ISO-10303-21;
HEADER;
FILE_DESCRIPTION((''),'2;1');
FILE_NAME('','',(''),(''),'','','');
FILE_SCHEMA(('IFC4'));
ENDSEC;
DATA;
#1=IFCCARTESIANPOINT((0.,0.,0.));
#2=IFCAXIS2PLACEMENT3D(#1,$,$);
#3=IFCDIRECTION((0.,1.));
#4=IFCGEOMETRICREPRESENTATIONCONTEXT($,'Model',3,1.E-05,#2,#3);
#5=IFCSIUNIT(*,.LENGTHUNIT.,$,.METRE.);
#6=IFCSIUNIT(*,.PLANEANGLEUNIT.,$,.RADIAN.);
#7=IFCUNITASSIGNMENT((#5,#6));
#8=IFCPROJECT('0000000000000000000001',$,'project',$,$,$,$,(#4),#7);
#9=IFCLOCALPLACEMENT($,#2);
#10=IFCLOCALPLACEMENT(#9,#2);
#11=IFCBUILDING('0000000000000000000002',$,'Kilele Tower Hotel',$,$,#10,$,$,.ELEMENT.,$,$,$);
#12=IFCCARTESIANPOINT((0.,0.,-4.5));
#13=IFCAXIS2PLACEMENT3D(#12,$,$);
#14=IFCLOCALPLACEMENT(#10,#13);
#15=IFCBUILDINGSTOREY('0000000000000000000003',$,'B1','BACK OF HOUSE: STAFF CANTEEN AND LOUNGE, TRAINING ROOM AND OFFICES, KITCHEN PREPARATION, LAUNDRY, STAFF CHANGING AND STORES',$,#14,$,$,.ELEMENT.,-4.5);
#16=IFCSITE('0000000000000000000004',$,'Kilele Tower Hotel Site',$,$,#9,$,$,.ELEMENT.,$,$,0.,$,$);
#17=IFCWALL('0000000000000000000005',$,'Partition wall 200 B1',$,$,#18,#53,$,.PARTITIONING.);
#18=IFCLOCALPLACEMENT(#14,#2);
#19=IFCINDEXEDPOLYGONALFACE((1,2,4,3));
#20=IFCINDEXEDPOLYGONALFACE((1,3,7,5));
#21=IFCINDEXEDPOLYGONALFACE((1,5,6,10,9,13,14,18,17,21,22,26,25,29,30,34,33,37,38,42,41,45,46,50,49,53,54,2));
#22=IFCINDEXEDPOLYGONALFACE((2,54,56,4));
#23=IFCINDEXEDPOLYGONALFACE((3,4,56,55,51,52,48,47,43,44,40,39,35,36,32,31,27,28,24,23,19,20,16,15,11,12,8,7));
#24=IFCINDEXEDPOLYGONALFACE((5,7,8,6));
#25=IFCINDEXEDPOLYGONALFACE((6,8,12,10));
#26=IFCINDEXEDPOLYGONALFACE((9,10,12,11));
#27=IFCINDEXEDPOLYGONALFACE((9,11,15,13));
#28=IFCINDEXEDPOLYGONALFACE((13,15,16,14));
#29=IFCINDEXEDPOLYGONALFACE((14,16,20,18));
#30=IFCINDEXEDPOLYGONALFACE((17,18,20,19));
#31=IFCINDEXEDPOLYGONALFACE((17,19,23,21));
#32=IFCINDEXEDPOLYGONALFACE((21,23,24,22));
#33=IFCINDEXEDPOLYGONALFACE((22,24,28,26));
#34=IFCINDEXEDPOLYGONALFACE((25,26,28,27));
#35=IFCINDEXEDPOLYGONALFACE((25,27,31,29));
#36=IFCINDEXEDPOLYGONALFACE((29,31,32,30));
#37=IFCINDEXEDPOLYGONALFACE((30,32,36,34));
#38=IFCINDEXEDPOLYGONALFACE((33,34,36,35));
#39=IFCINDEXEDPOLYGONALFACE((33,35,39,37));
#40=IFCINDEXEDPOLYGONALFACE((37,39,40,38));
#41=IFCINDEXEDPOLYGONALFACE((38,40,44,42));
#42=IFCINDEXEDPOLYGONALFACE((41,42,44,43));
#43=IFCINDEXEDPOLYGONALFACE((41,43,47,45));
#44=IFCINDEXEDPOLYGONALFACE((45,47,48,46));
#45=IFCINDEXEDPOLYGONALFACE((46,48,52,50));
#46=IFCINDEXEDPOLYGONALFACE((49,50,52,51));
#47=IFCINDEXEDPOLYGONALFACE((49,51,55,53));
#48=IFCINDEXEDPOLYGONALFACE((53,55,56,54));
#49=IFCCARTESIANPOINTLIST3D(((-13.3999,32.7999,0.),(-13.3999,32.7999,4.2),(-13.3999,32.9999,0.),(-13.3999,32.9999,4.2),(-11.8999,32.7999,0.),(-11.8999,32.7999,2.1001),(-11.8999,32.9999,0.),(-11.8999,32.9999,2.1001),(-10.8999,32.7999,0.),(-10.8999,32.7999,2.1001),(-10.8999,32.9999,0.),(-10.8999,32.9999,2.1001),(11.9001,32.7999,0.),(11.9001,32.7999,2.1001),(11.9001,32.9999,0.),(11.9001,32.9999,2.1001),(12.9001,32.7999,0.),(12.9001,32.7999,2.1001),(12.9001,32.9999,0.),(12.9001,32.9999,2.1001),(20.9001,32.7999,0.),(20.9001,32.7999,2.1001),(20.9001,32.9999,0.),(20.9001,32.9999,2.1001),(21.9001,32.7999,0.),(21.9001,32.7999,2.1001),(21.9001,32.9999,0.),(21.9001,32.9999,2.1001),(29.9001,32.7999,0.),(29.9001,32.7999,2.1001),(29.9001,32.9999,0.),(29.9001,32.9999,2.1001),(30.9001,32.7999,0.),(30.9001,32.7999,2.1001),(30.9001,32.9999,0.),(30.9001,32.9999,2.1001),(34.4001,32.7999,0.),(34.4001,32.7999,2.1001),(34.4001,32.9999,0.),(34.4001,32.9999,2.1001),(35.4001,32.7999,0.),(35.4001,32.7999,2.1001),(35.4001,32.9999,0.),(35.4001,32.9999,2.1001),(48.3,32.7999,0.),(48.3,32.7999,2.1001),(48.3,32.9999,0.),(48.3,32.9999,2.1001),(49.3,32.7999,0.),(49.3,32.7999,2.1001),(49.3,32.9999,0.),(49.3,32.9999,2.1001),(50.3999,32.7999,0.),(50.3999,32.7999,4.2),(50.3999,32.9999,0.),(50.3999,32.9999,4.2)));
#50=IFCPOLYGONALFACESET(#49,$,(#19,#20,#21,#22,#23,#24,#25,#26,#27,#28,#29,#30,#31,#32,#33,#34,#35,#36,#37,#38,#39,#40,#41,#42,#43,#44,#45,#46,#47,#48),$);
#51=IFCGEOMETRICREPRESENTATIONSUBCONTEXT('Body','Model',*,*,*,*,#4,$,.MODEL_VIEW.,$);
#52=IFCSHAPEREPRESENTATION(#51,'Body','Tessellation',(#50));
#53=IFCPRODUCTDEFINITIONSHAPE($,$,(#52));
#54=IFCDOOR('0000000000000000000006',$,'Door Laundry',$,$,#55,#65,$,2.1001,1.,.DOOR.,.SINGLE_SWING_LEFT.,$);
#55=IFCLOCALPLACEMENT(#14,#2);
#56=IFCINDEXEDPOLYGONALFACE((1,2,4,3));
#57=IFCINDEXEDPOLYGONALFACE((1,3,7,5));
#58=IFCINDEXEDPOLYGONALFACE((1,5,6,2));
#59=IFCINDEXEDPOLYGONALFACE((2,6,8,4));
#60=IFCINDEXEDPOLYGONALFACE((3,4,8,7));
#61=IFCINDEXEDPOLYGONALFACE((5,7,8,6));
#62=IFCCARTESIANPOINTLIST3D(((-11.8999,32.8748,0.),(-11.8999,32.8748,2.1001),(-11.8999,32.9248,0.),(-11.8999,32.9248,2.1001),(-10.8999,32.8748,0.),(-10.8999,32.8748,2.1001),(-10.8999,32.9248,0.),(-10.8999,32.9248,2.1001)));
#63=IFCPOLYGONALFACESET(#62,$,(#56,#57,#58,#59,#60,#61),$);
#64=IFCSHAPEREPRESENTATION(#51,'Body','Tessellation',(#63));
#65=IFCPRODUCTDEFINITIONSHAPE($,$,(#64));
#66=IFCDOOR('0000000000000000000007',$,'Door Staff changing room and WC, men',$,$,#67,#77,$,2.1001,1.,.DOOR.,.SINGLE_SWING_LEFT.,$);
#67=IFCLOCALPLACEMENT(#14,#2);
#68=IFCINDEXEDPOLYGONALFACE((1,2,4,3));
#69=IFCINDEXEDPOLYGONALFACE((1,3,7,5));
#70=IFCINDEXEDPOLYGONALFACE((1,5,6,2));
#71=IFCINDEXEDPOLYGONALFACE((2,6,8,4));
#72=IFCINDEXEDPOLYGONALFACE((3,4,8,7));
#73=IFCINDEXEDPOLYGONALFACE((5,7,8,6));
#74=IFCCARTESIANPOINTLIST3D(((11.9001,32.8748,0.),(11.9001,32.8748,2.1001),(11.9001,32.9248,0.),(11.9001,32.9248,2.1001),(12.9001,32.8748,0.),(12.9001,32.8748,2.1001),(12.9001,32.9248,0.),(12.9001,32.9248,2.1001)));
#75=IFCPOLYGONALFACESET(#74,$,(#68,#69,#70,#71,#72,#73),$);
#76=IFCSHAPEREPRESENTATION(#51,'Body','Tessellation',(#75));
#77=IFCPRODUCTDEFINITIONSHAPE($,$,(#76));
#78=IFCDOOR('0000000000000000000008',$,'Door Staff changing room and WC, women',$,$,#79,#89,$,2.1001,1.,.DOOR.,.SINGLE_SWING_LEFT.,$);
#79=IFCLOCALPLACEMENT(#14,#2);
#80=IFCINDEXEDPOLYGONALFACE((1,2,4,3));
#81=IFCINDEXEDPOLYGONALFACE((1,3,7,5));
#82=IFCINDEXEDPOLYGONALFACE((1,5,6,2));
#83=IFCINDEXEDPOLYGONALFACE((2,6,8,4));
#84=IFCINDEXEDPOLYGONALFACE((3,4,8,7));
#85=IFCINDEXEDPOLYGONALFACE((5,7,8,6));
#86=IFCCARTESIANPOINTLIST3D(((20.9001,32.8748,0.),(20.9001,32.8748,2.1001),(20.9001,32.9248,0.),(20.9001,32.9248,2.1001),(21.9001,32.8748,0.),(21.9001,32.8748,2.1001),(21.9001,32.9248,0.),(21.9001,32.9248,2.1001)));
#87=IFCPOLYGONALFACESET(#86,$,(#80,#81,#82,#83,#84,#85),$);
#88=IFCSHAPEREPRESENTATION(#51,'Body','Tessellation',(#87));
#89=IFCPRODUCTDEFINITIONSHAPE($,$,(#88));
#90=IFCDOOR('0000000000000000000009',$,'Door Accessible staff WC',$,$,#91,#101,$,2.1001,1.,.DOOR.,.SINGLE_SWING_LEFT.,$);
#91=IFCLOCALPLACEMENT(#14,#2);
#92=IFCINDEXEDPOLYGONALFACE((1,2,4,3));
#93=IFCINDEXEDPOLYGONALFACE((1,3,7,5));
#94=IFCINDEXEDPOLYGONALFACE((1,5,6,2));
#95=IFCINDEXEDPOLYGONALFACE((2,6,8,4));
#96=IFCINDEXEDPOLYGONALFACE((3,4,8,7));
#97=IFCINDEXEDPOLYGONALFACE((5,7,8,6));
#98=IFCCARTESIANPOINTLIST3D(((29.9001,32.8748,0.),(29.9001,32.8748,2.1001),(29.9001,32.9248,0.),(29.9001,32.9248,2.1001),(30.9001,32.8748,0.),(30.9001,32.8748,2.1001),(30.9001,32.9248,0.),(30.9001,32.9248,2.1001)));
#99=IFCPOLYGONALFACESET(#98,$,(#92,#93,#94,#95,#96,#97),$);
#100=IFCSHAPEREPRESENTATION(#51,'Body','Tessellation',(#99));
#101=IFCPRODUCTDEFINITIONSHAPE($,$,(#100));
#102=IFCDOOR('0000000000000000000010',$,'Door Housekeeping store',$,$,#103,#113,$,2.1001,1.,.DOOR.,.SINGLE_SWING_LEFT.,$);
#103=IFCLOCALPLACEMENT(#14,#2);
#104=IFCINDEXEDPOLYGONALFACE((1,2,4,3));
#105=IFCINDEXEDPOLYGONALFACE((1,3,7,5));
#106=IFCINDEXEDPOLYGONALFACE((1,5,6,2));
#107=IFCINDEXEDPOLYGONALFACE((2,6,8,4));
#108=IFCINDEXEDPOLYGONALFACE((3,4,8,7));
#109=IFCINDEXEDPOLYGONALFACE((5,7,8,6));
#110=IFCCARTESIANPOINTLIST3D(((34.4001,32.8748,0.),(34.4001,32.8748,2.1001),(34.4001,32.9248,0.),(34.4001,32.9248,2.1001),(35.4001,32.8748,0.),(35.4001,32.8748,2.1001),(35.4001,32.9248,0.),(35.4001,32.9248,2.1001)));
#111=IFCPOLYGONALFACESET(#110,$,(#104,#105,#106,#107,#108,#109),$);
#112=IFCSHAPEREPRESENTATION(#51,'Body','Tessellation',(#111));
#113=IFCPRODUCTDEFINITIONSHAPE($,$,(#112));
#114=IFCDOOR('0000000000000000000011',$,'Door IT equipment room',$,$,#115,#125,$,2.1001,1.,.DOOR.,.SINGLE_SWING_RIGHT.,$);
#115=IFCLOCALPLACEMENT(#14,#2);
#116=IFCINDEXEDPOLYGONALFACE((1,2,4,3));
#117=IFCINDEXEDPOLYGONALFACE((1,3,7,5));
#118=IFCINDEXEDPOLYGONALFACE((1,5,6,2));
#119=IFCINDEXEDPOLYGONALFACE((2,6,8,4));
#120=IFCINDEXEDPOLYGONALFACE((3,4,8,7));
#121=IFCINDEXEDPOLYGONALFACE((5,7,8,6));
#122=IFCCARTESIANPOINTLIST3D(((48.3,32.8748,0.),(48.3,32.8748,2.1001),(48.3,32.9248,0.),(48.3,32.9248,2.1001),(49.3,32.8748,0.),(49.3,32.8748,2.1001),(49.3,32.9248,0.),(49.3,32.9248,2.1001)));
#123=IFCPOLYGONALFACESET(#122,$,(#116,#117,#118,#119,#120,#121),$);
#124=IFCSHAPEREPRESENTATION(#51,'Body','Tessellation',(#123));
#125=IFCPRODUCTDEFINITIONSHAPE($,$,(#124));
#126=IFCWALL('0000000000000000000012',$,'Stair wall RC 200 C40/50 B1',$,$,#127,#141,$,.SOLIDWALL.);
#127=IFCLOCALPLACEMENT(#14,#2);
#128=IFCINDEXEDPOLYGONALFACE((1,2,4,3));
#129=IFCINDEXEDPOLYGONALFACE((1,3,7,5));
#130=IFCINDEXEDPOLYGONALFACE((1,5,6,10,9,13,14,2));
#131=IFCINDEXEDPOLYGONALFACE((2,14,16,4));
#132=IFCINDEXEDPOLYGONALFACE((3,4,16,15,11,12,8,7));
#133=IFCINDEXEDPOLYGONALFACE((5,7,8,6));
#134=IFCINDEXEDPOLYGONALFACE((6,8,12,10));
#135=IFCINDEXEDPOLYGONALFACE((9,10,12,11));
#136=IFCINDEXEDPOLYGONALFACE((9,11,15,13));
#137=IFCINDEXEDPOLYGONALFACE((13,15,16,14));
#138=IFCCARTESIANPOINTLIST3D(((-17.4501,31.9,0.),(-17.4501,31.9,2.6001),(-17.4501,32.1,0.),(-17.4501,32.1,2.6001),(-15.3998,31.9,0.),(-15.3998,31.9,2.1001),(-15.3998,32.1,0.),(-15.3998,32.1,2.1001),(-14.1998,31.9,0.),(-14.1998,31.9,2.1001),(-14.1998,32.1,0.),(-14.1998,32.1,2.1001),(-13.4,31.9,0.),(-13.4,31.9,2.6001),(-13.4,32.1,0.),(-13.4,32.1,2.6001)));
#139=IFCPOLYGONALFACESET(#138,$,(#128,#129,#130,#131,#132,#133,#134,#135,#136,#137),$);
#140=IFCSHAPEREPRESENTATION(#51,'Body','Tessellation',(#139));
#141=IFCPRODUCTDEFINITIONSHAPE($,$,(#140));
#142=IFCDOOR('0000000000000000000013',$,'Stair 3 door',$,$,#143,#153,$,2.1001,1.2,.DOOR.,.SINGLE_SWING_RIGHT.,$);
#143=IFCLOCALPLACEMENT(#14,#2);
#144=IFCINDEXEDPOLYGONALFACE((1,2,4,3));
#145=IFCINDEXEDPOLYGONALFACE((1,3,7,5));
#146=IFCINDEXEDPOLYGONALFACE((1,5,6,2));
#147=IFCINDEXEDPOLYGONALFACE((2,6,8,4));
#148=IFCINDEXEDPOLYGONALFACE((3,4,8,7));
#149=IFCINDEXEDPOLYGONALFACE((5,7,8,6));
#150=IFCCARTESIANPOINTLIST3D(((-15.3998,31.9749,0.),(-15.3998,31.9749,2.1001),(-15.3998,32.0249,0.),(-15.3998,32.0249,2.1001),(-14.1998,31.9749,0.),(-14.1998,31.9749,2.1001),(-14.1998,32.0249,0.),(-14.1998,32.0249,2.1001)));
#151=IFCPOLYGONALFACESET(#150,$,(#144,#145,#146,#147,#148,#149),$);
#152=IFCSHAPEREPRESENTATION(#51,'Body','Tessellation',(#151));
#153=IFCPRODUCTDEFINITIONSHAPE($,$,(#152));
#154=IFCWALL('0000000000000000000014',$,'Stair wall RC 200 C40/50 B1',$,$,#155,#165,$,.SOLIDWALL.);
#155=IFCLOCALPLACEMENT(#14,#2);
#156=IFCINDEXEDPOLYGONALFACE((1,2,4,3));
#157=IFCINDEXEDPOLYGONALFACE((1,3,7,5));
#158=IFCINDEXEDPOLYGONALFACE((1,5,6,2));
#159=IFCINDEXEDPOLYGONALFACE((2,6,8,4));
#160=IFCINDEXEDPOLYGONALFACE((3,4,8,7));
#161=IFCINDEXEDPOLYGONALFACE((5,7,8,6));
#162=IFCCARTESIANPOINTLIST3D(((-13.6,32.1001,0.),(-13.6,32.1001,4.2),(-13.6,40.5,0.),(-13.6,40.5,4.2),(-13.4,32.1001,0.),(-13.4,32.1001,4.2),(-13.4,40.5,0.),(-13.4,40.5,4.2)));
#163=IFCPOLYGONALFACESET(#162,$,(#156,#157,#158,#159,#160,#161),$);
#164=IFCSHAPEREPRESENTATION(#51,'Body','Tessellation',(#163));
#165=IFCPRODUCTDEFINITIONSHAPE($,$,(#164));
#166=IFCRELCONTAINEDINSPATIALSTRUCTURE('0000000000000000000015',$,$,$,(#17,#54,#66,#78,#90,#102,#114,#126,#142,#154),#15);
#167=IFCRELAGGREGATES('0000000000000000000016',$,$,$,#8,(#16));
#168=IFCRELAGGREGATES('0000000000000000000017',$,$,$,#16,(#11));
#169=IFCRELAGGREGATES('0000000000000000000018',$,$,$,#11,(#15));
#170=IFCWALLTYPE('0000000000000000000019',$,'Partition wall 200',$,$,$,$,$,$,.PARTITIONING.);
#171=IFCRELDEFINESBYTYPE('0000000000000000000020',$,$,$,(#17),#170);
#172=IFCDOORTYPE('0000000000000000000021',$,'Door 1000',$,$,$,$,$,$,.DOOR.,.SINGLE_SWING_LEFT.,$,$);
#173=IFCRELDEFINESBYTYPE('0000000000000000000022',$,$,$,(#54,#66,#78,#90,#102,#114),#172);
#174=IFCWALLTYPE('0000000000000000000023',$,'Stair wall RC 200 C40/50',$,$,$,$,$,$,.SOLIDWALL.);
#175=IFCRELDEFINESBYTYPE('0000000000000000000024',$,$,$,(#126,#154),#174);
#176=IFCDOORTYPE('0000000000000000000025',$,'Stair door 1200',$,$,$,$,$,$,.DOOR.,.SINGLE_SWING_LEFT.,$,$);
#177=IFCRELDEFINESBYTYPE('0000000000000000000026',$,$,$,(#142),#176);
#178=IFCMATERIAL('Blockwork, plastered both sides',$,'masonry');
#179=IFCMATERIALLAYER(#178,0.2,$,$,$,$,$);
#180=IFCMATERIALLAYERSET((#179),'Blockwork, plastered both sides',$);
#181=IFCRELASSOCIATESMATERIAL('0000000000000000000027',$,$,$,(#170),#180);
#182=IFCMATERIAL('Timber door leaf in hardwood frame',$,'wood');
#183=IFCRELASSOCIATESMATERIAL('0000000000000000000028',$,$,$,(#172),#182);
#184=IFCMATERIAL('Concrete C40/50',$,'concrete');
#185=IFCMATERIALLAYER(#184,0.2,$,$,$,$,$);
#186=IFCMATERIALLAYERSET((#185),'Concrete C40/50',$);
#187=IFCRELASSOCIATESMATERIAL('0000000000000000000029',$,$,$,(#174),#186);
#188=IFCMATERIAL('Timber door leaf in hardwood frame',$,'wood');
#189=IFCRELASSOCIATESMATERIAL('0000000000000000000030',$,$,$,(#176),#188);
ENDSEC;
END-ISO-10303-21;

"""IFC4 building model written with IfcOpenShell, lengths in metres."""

from ifc_helpers import new_model, si_unit, direction, frame, frame_2d, origin, place, context, subcontext, project, spatial, rectangle, extrude, material, layer, layer_set, type_object, element, fill, save


model = new_model("IFC4")

# Units and contexts
model_context = context("Model", 3, precision=1e-05, world=origin(), true_north=direction((0.0, 1.0)))
body_context = subcontext(model_context, "Body", "Model", "MODEL_VIEW")
ifc_project = project(units=[si_unit("LENGTHUNIT", "METRE"), si_unit("PLANEANGLEUNIT", "RADIAN")], contexts=[model_context])

# Site, building, storey
site_placement = place(None, origin())
site = spatial("IfcSite", under=ifc_project, at=site_placement, Name="Kilele Tower Hotel Site", CompositionType="ELEMENT", RefElevation=0.0)
building_placement = place(site_placement, origin())
building = spatial("IfcBuilding", under=site, at=building_placement, Name="Kilele Tower Hotel", CompositionType="ELEMENT")
storey_placement = place(building_placement, frame((0.0, 0.0, -4.5)))
storey = spatial("IfcBuildingStorey", under=building, at=storey_placement, Name="B1", Description="BACK OF HOUSE: STAFF CANTEEN AND LOUNGE, TRAINING ROOM AND OFFICES, KITCHEN PREPARATION, LAUNDRY, STAFF CHANGING AND STORES", CompositionType="ELEMENT", Elevation=-4.5)

# Wall, openings, doors
ifc_material_1 = material(Name="Blockwork, plastered both sides", Category="masonry")
ifc_layer_1 = layer(ifc_material_1, 0.2)
ifc_layer_set_1 = layer_set([ifc_layer_1], Name="Blockwork, plastered both sides")
wall_type_1 = type_object("IfcWallType", Name="Partition wall 200", PredefinedType="PARTITIONING", material=ifc_layer_set_1)
wall_1_placement = place(storey_placement, frame((-13.3999, 32.8999, 0.0), z_axis=(0.0, 0.0, 1.0), x_axis=(1.0, 0.0, 0.0)))
wall_1 = element("IfcWall", 1, at=wall_1_placement, inside=storey, type_object=wall_type_1, Name="Partition wall 200 B1", PredefinedType="PARTITIONING", context=body_context, shape_type="SweptSolid", body=[
    extrude(rectangle(XDim=63.7998, YDim=0.2, at=frame_2d((31.8999, 0.0))), origin(), (0.0, 0.0, 1.0), 4.2),
])
opening_1_placement = place(wall_1_placement, frame((1.5, 0.0, 0.0)))
opening_1 = element("IfcOpeningElement", 2, at=opening_1_placement, cuts=wall_1, PredefinedType="OPENING", context=body_context, shape_type="SweptSolid", body=[
    extrude(rectangle(XDim=1.0, YDim=2.1001, at=frame_2d((0.5, 1.05))), frame((0.0, 0.1099, 0.0), z_axis=(0.0, -1.0, 0.0), x_axis=(1.0, 0.0, 0.0)), (0.0, 0.0, 1.0), 0.22),
])
opening_2_placement = place(wall_1_placement, frame((25.3, 0.0, 0.0)))
opening_2 = element("IfcOpeningElement", 3, at=opening_2_placement, cuts=wall_1, PredefinedType="OPENING", context=body_context, shape_type="SweptSolid", body=[
    extrude(rectangle(XDim=1.0, YDim=2.1001, at=frame_2d((0.5, 1.05))), frame((0.0, 0.1099, 0.0), z_axis=(0.0, -1.0, 0.0), x_axis=(1.0, 0.0, 0.0)), (0.0, 0.0, 1.0), 0.22),
])
opening_3_placement = place(wall_1_placement, frame((34.3, 0.0, 0.0)))
opening_3 = element("IfcOpeningElement", 4, at=opening_3_placement, cuts=wall_1, PredefinedType="OPENING", context=body_context, shape_type="SweptSolid", body=[
    extrude(rectangle(XDim=1.0, YDim=2.1001, at=frame_2d((0.5, 1.05))), frame((0.0, 0.1099, 0.0), z_axis=(0.0, -1.0, 0.0), x_axis=(1.0, 0.0, 0.0)), (0.0, 0.0, 1.0), 0.22),
])
opening_4_placement = place(wall_1_placement, frame((43.3, 0.0, 0.0)))
opening_4 = element("IfcOpeningElement", 5, at=opening_4_placement, cuts=wall_1, PredefinedType="OPENING", context=body_context, shape_type="SweptSolid", body=[
    extrude(rectangle(XDim=1.0, YDim=2.1001, at=frame_2d((0.5, 1.05))), frame((0.0, 0.1099, 0.0), z_axis=(0.0, -1.0, 0.0), x_axis=(1.0, 0.0, 0.0)), (0.0, 0.0, 1.0), 0.22),
])
opening_5_placement = place(wall_1_placement, frame((47.8, 0.0, 0.0)))
opening_5 = element("IfcOpeningElement", 6, at=opening_5_placement, cuts=wall_1, PredefinedType="OPENING", context=body_context, shape_type="SweptSolid", body=[
    extrude(rectangle(XDim=1.0, YDim=2.1001, at=frame_2d((0.5, 1.05))), frame((0.0, 0.1099, 0.0), z_axis=(0.0, -1.0, 0.0), x_axis=(1.0, 0.0, 0.0)), (0.0, 0.0, 1.0), 0.22),
])
opening_6_placement = place(wall_1_placement, frame((61.7, 0.0, 0.0)))
opening_6 = element("IfcOpeningElement", 7, at=opening_6_placement, cuts=wall_1, PredefinedType="OPENING", context=body_context, shape_type="SweptSolid", body=[
    extrude(rectangle(XDim=1.0, YDim=2.1001, at=frame_2d((0.5, 1.05))), frame((0.0, 0.1099, 0.0), z_axis=(0.0, -1.0, 0.0), x_axis=(1.0, 0.0, 0.0)), (0.0, 0.0, 1.0), 0.22),
])
ifc_material_2 = material(Name="Timber door leaf in hardwood frame", Category="wood")
door_type_1 = type_object("IfcDoorType", Name="Door 1000", OperationType="SINGLE_SWING_LEFT", PredefinedType="DOOR", material=ifc_material_2)
door_1_placement = place(opening_1_placement, origin())
door_1 = element("IfcDoor", 8, at=door_1_placement, inside=storey, type_object=door_type_1, Name="Door Laundry", OperationType="SINGLE_SWING_LEFT", OverallHeight=2.1001, OverallWidth=1.0, PredefinedType="DOOR", context=body_context, shape_type="SweptSolid", body=[
    extrude(rectangle(XDim=1.0, YDim=2.1001, at=frame_2d((0.5, 1.05))), frame((0.0, 0.0249, 0.0), z_axis=(0.0, -1.0, 0.0), x_axis=(1.0, 0.0, 0.0)), (0.0, 0.0, 1.0), 0.05),
])
fill(opening_1, door_1)
door_2_placement = place(opening_2_placement, origin())
door_2 = element("IfcDoor", 9, at=door_2_placement, inside=storey, type_object=door_type_1, Name="Door Staff changing room and WC, men", OperationType="SINGLE_SWING_LEFT", OverallHeight=2.1001, OverallWidth=1.0, PredefinedType="DOOR", context=body_context, shape_type="SweptSolid", body=[
    extrude(rectangle(XDim=1.0, YDim=2.1001, at=frame_2d((0.5, 1.05))), frame((0.0, 0.0249, 0.0), z_axis=(0.0, -1.0, 0.0), x_axis=(1.0, 0.0, 0.0)), (0.0, 0.0, 1.0), 0.05),
])
fill(opening_2, door_2)
door_3_placement = place(opening_3_placement, origin())
door_3 = element("IfcDoor", 10, at=door_3_placement, inside=storey, type_object=door_type_1, Name="Door Staff changing room and WC, women", OperationType="SINGLE_SWING_LEFT", OverallHeight=2.1001, OverallWidth=1.0, PredefinedType="DOOR", context=body_context, shape_type="SweptSolid", body=[
    extrude(rectangle(XDim=1.0, YDim=2.1001, at=frame_2d((0.5, 1.05))), frame((0.0, 0.0249, 0.0), z_axis=(0.0, -1.0, 0.0), x_axis=(1.0, 0.0, 0.0)), (0.0, 0.0, 1.0), 0.05),
])
fill(opening_3, door_3)
door_4_placement = place(opening_4_placement, origin())
door_4 = element("IfcDoor", 11, at=door_4_placement, inside=storey, type_object=door_type_1, Name="Door Accessible staff WC", OperationType="SINGLE_SWING_LEFT", OverallHeight=2.1001, OverallWidth=1.0, PredefinedType="DOOR", context=body_context, shape_type="SweptSolid", body=[
    extrude(rectangle(XDim=1.0, YDim=2.1001, at=frame_2d((0.5, 1.05))), frame((0.0, 0.0249, 0.0), z_axis=(0.0, -1.0, 0.0), x_axis=(1.0, 0.0, 0.0)), (0.0, 0.0, 1.0), 0.05),
])
fill(opening_4, door_4)
door_5_placement = place(opening_5_placement, origin())
door_5 = element("IfcDoor", 12, at=door_5_placement, inside=storey, type_object=door_type_1, Name="Door Housekeeping store", OperationType="SINGLE_SWING_LEFT", OverallHeight=2.1001, OverallWidth=1.0, PredefinedType="DOOR", context=body_context, shape_type="SweptSolid", body=[
    extrude(rectangle(XDim=1.0, YDim=2.1001, at=frame_2d((0.5, 1.05))), frame((0.0, 0.0249, 0.0), z_axis=(0.0, -1.0, 0.0), x_axis=(1.0, 0.0, 0.0)), (0.0, 0.0, 1.0), 0.05),
])
fill(opening_5, door_5)
door_6_placement = place(opening_6_placement, origin())
door_6 = element("IfcDoor", 13, at=door_6_placement, inside=storey, type_object=door_type_1, Name="Door IT equipment room", OperationType="SINGLE_SWING_RIGHT", OverallHeight=2.1001, OverallWidth=1.0, PredefinedType="DOOR", context=body_context, shape_type="SweptSolid", body=[
    extrude(rectangle(XDim=1.0, YDim=2.1001, at=frame_2d((0.5, 1.05))), frame((0.0, 0.0249, 0.0), z_axis=(0.0, -1.0, 0.0), x_axis=(1.0, 0.0, 0.0)), (0.0, 0.0, 1.0), 0.05),
])
fill(opening_6, door_6)

# Wall, opening, door
ifc_material_3 = material(Name="Concrete C40/50", Category="concrete")
ifc_layer_2 = layer(ifc_material_3, 0.2)
ifc_layer_set_2 = layer_set([ifc_layer_2], Name="Concrete C40/50")
wall_type_2 = type_object("IfcWallType", Name="Stair wall RC 200 C40/50", PredefinedType="SOLIDWALL", material=ifc_layer_set_2)
wall_2_placement = place(storey_placement, frame((-17.45, 32.0, 0.0), z_axis=(0.0, 0.0, 1.0), x_axis=(1.0, 0.0, 0.0)))
wall_2 = element("IfcWall", 14, at=wall_2_placement, inside=storey, type_object=wall_type_2, Name="Stair wall RC 200 C40/50 B1", PredefinedType="SOLIDWALL", context=body_context, shape_type="SweptSolid", body=[
    extrude(rectangle(XDim=4.05, YDim=0.2, at=frame_2d((2.0249, 0.0))), origin(), (0.0, 0.0, 1.0), 2.6001),
])
opening_7_placement = place(wall_2_placement, frame((2.05, 0.0, 0.0)))
opening_7 = element("IfcOpeningElement", 15, at=opening_7_placement, cuts=wall_2, PredefinedType="OPENING", context=body_context, shape_type="SweptSolid", body=[
    extrude(rectangle(XDim=1.2, YDim=2.1001, at=frame_2d((0.6001, 1.05))), frame((0.0, 0.1099, 0.0), z_axis=(0.0, -1.0, 0.0), x_axis=(1.0, 0.0, 0.0)), (0.0, 0.0, 1.0), 0.22),
])
ifc_material_4 = material(Name="Timber door leaf in hardwood frame", Category="wood")
door_type_2 = type_object("IfcDoorType", Name="Stair door 1200", OperationType="SINGLE_SWING_LEFT", PredefinedType="DOOR", material=ifc_material_4)
door_7_placement = place(opening_7_placement, origin())
door_7 = element("IfcDoor", 16, at=door_7_placement, inside=storey, type_object=door_type_2, Name="Stair 3 door", OperationType="SINGLE_SWING_RIGHT", OverallHeight=2.1001, OverallWidth=1.2, PredefinedType="DOOR", context=body_context, shape_type="SweptSolid", body=[
    extrude(rectangle(XDim=1.2, YDim=2.1001, at=frame_2d((0.6001, 1.05))), frame((0.0, 0.0249, 0.0), z_axis=(0.0, -1.0, 0.0), x_axis=(1.0, 0.0, 0.0)), (0.0, 0.0, 1.0), 0.05),
])
fill(opening_7, door_7)

# Wall
wall_3_placement = place(storey_placement, frame((-13.5, 32.1001, 0.0), z_axis=(0.0, 0.0, 1.0), x_axis=(0.0, 1.0, 0.0)))
element("IfcWall", 17, at=wall_3_placement, inside=storey, type_object=wall_type_2, Name="Stair wall RC 200 C40/50 B1", PredefinedType="SOLIDWALL", context=body_context, shape_type="SweptSolid", body=[
    extrude(rectangle(XDim=8.3999, YDim=0.2, at=frame_2d((4.2, 0.0))), origin(), (0.0, 0.0, 1.0), 4.2),
])

save(model, "model.ifc")
